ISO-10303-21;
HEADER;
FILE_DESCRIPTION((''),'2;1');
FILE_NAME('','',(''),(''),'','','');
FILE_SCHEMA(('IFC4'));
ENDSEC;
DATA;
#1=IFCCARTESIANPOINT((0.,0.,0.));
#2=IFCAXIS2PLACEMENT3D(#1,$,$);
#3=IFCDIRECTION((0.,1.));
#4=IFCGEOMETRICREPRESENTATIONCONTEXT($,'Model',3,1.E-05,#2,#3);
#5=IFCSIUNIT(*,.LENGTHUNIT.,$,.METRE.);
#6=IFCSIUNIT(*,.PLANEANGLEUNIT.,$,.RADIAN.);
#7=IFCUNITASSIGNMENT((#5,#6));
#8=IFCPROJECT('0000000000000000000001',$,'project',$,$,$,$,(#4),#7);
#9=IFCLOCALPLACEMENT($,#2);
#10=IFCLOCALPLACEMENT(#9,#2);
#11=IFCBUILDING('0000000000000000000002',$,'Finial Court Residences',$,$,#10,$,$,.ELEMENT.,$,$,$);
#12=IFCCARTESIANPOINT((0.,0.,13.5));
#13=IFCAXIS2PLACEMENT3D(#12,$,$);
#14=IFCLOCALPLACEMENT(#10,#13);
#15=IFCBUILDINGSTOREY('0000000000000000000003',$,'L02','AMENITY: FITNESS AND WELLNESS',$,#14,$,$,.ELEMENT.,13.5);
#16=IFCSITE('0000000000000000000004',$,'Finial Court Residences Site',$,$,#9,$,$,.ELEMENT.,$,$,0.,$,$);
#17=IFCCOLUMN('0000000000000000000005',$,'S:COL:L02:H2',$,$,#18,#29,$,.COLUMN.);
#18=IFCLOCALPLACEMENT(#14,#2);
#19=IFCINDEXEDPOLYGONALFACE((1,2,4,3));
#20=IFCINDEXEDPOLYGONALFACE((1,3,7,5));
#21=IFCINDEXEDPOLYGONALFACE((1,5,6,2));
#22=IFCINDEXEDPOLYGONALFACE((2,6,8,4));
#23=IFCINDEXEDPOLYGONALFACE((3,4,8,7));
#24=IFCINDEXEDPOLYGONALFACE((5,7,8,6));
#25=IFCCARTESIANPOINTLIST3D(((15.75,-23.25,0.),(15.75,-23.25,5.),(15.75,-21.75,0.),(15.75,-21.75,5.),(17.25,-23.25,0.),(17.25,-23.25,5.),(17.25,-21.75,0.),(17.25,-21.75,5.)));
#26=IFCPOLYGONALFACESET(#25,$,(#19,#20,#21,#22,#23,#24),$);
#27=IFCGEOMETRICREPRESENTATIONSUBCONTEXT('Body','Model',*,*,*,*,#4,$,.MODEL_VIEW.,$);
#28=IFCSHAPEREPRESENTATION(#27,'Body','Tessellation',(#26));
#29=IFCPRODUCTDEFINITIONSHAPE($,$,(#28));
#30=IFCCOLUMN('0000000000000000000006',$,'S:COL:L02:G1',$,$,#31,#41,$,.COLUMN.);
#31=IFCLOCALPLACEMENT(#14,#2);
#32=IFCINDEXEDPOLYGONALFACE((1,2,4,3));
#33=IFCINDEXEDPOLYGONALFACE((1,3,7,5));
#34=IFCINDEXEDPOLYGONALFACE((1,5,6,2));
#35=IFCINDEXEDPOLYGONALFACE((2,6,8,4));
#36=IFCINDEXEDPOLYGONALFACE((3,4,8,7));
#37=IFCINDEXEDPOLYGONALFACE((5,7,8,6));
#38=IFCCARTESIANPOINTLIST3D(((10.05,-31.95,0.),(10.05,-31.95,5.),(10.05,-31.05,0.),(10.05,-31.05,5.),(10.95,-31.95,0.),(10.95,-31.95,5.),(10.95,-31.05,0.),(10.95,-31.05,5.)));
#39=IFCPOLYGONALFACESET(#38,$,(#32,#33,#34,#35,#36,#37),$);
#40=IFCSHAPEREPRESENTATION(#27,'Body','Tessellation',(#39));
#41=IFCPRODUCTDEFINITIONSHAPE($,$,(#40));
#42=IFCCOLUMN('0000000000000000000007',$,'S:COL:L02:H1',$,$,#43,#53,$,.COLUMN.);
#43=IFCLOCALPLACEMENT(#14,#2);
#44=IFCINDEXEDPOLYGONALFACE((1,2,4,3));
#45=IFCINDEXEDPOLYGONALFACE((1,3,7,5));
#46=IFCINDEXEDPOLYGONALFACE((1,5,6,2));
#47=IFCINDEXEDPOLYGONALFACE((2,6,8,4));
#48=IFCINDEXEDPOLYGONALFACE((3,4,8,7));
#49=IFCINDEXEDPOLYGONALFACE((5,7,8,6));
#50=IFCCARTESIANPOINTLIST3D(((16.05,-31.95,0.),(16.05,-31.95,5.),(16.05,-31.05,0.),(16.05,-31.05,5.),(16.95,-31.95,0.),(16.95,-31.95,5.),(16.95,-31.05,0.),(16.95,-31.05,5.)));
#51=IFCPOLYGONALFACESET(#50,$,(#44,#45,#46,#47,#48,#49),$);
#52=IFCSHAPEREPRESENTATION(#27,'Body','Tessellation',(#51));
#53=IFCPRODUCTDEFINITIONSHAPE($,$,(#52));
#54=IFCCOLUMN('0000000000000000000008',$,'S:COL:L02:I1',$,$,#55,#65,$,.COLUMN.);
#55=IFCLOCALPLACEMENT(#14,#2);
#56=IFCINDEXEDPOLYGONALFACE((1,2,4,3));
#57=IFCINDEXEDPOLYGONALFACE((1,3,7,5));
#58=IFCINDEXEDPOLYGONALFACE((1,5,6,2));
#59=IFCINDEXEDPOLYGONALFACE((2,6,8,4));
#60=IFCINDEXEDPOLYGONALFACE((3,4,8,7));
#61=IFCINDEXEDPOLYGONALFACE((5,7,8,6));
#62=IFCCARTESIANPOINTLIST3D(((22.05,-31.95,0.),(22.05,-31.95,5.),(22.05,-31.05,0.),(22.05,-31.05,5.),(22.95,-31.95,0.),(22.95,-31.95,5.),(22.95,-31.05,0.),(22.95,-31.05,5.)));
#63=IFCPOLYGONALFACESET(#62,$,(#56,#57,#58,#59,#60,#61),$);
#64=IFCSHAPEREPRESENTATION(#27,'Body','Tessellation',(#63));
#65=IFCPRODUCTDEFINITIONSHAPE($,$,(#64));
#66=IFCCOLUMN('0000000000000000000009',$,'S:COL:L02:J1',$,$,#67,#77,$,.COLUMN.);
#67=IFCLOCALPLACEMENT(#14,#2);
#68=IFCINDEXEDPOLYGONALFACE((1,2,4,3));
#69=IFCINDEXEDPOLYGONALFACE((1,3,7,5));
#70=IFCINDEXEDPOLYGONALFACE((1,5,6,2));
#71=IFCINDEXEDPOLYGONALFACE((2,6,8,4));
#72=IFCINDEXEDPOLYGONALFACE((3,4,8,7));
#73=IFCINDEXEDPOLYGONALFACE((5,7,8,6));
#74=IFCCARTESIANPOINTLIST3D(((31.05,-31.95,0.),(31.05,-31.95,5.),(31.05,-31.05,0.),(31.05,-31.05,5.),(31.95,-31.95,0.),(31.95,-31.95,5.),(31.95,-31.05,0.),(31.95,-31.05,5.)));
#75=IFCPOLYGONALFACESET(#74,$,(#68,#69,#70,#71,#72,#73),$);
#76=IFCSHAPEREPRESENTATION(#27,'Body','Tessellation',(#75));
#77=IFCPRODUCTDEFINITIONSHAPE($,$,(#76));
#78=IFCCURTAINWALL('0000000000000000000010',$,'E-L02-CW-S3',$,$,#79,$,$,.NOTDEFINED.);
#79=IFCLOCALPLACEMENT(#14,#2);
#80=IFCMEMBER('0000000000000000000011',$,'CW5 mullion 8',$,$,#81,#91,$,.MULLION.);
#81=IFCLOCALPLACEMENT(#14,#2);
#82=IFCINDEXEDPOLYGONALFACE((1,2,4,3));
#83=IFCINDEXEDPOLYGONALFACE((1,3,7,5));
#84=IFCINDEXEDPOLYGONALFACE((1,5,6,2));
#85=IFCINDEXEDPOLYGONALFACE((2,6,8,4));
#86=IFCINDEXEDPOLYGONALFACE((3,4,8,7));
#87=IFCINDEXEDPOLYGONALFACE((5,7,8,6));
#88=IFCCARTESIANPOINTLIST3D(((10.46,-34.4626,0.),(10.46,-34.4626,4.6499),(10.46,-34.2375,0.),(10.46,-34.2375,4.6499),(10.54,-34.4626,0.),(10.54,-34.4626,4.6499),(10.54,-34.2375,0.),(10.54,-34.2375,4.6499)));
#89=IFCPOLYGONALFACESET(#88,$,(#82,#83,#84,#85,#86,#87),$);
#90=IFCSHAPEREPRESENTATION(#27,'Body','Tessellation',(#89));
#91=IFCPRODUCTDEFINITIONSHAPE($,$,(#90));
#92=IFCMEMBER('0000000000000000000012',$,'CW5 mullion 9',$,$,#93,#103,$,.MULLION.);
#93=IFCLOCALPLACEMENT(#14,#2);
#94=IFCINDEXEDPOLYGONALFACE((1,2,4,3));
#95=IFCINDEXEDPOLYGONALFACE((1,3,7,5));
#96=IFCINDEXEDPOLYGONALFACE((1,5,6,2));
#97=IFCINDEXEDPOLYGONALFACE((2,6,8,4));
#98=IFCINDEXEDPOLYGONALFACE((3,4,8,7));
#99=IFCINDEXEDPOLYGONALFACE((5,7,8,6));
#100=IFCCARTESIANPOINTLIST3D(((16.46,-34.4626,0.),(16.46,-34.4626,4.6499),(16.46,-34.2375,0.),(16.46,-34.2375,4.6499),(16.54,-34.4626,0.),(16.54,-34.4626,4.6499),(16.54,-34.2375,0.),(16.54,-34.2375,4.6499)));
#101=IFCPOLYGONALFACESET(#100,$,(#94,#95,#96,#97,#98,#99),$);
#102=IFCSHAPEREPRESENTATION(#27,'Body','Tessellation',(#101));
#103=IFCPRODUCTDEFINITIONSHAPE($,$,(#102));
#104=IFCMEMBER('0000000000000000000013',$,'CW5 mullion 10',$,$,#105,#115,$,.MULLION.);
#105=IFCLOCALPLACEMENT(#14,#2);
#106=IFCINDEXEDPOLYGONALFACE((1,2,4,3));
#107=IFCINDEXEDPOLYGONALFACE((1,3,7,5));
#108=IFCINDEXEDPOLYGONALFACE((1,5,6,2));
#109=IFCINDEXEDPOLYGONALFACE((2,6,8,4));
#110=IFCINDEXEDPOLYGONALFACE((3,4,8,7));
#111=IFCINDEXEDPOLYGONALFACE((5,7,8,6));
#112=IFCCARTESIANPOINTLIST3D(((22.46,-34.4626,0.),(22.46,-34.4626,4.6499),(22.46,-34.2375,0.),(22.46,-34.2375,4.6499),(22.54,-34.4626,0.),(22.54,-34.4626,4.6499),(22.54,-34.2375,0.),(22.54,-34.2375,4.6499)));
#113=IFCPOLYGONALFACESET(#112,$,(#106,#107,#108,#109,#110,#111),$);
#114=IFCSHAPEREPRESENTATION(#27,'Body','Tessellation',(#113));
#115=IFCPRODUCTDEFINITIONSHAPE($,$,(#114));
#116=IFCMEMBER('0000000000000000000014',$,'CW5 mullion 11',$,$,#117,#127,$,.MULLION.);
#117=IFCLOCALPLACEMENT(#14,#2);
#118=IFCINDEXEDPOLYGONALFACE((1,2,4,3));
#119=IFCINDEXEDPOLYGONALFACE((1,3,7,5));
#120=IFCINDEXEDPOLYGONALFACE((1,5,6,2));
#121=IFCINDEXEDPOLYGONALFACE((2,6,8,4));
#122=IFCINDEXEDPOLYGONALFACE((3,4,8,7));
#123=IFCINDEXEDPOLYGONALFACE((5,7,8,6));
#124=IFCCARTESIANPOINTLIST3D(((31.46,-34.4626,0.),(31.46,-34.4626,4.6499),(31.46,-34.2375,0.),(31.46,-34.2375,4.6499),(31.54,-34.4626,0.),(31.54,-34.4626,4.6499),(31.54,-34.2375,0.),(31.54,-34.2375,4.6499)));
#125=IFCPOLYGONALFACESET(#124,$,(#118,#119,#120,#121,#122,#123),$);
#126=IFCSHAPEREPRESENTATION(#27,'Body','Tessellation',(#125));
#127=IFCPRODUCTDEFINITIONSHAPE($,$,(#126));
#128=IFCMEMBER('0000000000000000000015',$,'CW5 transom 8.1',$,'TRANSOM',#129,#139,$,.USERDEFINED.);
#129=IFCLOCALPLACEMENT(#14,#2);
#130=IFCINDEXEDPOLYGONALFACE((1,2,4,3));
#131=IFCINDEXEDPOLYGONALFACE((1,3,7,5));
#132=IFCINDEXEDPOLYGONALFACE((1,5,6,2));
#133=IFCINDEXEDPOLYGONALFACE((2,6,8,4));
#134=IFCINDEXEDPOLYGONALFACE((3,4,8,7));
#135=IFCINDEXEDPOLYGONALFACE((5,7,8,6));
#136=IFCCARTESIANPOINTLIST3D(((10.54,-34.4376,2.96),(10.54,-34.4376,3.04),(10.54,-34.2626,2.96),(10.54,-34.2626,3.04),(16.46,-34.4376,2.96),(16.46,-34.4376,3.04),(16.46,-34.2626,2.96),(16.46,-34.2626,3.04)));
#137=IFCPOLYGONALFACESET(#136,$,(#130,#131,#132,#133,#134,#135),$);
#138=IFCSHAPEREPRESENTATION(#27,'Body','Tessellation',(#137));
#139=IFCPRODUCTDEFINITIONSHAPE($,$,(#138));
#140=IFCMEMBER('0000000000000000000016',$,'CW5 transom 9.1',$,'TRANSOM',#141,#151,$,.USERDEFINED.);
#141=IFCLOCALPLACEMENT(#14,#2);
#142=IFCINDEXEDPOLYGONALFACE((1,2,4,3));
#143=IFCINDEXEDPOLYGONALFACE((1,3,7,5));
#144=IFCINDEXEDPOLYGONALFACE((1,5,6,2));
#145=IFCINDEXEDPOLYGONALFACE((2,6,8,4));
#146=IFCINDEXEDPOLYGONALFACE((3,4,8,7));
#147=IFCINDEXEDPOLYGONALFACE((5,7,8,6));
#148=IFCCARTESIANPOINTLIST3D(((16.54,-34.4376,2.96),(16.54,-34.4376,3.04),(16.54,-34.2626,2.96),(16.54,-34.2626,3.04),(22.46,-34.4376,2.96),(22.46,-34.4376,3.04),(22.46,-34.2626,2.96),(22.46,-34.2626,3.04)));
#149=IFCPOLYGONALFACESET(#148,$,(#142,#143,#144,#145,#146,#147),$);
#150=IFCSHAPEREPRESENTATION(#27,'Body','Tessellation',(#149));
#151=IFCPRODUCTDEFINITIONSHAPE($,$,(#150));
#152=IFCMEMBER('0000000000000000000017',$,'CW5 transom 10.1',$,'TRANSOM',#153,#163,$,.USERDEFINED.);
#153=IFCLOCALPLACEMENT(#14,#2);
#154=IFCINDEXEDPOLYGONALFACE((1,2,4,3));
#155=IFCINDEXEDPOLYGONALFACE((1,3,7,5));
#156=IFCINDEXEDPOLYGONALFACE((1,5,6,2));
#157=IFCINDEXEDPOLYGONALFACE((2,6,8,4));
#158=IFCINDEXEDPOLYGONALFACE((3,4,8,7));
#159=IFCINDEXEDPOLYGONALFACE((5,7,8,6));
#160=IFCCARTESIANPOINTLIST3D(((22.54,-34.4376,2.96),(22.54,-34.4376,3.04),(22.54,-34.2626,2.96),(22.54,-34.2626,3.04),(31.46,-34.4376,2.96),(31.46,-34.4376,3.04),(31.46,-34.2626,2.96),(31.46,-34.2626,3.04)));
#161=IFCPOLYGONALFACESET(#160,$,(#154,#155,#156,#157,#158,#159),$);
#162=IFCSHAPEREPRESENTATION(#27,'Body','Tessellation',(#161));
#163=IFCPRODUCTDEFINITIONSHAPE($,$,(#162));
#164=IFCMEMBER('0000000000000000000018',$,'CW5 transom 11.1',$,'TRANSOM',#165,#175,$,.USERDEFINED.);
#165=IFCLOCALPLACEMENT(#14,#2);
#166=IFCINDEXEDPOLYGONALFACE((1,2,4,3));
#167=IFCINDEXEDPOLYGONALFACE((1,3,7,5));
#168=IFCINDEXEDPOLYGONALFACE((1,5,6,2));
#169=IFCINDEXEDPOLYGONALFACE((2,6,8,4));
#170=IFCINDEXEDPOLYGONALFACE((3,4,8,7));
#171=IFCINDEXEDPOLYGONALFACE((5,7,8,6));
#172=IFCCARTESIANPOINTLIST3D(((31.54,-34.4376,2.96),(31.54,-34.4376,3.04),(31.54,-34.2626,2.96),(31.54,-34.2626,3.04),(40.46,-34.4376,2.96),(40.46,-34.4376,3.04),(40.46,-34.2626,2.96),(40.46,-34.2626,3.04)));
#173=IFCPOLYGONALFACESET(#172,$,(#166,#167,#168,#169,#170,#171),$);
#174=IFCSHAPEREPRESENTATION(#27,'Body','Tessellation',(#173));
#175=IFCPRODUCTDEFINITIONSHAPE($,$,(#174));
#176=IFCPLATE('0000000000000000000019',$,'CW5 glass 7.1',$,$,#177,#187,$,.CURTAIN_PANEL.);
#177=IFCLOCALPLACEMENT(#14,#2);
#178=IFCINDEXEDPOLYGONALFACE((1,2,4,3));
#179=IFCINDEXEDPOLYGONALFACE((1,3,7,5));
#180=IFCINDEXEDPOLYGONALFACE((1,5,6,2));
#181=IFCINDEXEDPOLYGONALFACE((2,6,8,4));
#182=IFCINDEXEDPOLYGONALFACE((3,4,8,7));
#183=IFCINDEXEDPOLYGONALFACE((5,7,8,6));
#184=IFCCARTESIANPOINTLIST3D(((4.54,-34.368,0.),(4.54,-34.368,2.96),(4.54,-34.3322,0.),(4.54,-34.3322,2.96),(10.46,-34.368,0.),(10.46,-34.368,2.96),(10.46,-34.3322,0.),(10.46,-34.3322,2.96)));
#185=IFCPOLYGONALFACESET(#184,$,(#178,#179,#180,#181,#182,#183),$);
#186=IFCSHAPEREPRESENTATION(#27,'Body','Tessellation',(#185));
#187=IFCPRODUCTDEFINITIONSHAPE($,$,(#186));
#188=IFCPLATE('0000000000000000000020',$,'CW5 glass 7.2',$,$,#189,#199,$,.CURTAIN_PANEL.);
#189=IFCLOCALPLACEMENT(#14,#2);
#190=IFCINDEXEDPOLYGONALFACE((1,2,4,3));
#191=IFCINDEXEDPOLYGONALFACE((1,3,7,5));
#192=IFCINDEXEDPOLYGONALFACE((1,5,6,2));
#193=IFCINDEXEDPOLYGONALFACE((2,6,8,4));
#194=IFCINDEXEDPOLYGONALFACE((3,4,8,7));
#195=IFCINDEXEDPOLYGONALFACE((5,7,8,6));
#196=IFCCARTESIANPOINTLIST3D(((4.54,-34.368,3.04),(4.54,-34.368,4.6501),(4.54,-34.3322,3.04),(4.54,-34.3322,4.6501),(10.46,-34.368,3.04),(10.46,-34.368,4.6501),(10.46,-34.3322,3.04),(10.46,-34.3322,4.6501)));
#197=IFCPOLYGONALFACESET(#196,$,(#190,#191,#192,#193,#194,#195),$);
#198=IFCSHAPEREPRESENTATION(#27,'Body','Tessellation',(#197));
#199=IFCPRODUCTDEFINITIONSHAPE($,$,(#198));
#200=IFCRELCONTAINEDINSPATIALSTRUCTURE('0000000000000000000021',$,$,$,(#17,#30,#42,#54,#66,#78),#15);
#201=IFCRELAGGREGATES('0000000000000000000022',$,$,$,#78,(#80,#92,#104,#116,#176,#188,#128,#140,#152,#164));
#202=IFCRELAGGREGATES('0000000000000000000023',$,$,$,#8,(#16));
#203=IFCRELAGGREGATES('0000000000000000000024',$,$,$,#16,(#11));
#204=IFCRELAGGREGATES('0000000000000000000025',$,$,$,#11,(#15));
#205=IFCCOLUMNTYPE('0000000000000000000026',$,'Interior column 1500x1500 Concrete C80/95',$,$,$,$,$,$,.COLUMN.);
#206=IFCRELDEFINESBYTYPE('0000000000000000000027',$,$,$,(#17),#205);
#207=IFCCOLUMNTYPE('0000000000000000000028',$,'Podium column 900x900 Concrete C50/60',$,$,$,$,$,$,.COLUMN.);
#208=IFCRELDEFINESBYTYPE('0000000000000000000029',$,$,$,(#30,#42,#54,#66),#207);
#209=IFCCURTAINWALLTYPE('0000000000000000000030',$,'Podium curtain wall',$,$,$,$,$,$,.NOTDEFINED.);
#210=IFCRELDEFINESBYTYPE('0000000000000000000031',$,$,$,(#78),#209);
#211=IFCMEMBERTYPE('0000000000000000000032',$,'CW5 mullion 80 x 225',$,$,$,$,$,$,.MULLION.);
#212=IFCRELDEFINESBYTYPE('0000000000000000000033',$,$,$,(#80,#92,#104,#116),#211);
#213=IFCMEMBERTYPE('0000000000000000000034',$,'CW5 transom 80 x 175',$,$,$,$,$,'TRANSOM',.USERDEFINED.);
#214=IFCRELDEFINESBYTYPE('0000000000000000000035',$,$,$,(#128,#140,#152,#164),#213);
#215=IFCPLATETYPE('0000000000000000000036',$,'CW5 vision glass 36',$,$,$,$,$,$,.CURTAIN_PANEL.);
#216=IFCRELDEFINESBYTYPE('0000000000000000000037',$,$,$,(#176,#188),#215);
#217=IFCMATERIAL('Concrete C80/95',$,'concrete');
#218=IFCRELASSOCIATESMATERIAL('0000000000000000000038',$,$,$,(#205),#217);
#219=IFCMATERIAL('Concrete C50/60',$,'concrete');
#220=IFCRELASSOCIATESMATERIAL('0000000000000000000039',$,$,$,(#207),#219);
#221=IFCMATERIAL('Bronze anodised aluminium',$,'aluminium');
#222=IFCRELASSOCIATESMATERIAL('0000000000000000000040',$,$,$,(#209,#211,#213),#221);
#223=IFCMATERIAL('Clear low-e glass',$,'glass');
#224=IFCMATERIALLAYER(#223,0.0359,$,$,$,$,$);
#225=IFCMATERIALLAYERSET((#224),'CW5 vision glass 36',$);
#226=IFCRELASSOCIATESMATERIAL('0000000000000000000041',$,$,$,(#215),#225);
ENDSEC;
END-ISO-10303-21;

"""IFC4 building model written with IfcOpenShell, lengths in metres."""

from ifc_helpers import new_model, si_unit, direction, frame, origin, origin_2d, place, context, subcontext, project, spatial, rectangle, extrude, material, layer, layer_set, material_profile, profile_set, type_object, element, aggregate, save


model = new_model("IFC4")

# Units and contexts
model_context = context("Model", 3, precision=1e-05, world=origin(), true_north=direction((0.0, 1.0)))
body_context = subcontext(model_context, "Body", "Model", "MODEL_VIEW")
ifc_project = project(units=[si_unit("LENGTHUNIT", "METRE"), si_unit("PLANEANGLEUNIT", "RADIAN")], contexts=[model_context])

# Site, building, storey
site_placement = place(None, origin())
site = spatial("IfcSite", under=ifc_project, at=site_placement, Name="Finial Court Residences Site", CompositionType="ELEMENT", RefElevation=0.0)
building_placement = place(site_placement, origin())
building = spatial("IfcBuilding", under=site, at=building_placement, Name="Finial Court Residences", CompositionType="ELEMENT")
storey_placement = place(building_placement, frame((0.0, 0.0, 13.5)))
storey = spatial("IfcBuildingStorey", under=building, at=storey_placement, Name="L02", Description="AMENITY: FITNESS AND WELLNESS", CompositionType="ELEMENT", Elevation=13.5)

# Columns
ifc_material_1 = material(Name="Concrete C80/95", Category="concrete")
ifc_material_profile_1 = material_profile(ifc_material_1, rectangle(XDim=1.5, YDim=1.5, at=origin_2d()), Name="1500x1500")
ifc_profile_set_1 = profile_set([ifc_material_profile_1], Name="Concrete C80/95")
column_type_1 = type_object("IfcColumnType", Name="Interior column 1500x1500 Concrete C80/95", PredefinedType="COLUMN", material=ifc_profile_set_1)
column_placement = place(storey_placement, frame((16.5, -22.5, 0.0), z_axis=(0.0, 0.0, 1.0), x_axis=(1.0, 0.0, 0.0)))
element("IfcColumn", 1, at=column_placement, inside=storey, type_object=column_type_1, Name="S:COL:L02:H2", PredefinedType="COLUMN", context=body_context, shape_type="SweptSolid", body=[
    extrude(rectangle(XDim=1.5, YDim=1.5, at=origin_2d()), origin(), (0.0, 0.0, 1.0), 5.0),
])
ifc_material_2 = material(Name="Concrete C50/60", Category="concrete")
ifc_material_profile_2 = material_profile(ifc_material_2, rectangle(XDim=0.8999, YDim=0.8999, at=origin_2d()), Name="900x900")
ifc_profile_set_2 = profile_set([ifc_material_profile_2], Name="Concrete C50/60")
column_type_2 = type_object("IfcColumnType", Name="Podium column 900x900 Concrete C50/60", PredefinedType="COLUMN", material=ifc_profile_set_2)
for number, where, z_axis, x_axis, name in (
    (2, (10.5, -31.5, 0.0), (0.0, 0.0, 1.0), (1.0, 0.0, 0.0), "S:COL:L02:G1"),
    (3, (16.5, -31.5, 0.0), (0.0, 0.0, 1.0), (1.0, 0.0, 0.0), "S:COL:L02:H1"),
    (4, (22.5, -31.5, 0.0), (0.0, 0.0, 1.0), (1.0, 0.0, 0.0), "S:COL:L02:I1"),
    (5, (31.5, -31.5, 0.0), (0.0, 0.0, 1.0), (1.0, 0.0, 0.0), "S:COL:L02:J1"),
):
    element("IfcColumn", number, at=place(storey_placement, frame(where, z_axis=z_axis, x_axis=x_axis)), inside=storey, type_object=column_type_2, Name=name, PredefinedType="COLUMN", context=body_context, shape_type="SweptSolid", body=[
        extrude(rectangle(XDim=0.8999, YDim=0.8999, at=origin_2d()), origin(), (0.0, 0.0, 1.0), 5.0),
    ])

# Curtain wall, members, plates
ifc_material_3 = material(Name="Bronze anodised aluminium", Category="aluminium")
curtain_wall_type = type_object("IfcCurtainWallType", Name="Podium curtain wall", PredefinedType="NOTDEFINED", material=ifc_material_3)
curtain_wall_placement = place(storey_placement, origin())
curtain_wall = element("IfcCurtainWall", 6, at=curtain_wall_placement, inside=storey, type_object=curtain_wall_type, Name="E-L02-CW-S3", PredefinedType="NOTDEFINED")
ifc_material_profile_3 = material_profile(ifc_material_3, rectangle(XDim=0.2251, YDim=0.0801, at=origin_2d()), Name="CW5 mullion 80 x 225")
ifc_profile_set_3 = profile_set([ifc_material_profile_3], Name="Bronze anodised aluminium")
member_type_1 = type_object("IfcMemberType", Name="CW5 mullion 80 x 225", PredefinedType="MULLION", material=ifc_profile_set_3)
member_1_placement = place(storey_placement, frame((10.5, -34.3501, 0.0), z_axis=(0.0, 0.0, 1.0), x_axis=(0.0, 1.0, 0.0)))
member_1 = element("IfcMember", 7, at=member_1_placement, type_object=member_type_1, Name="CW5 mullion 8", PredefinedType="MULLION", context=body_context, shape_type="SweptSolid", body=[
    extrude(rectangle(XDim=0.2251, YDim=0.0801, at=origin_2d()), origin(), (0.0, 0.0, 1.0), 4.6499),
])
member_2_placement = place(storey_placement, frame((16.5, -34.3501, 0.0), z_axis=(0.0, 0.0, 1.0), x_axis=(0.0, 1.0, 0.0)))
member_2 = element("IfcMember", 8, at=member_2_placement, type_object=member_type_1, Name="CW5 mullion 9", PredefinedType="MULLION", context=body_context, shape_type="SweptSolid", body=[
    extrude(rectangle(XDim=0.2251, YDim=0.0801, at=origin_2d()), origin(), (0.0, 0.0, 1.0), 4.6499),
])
member_3_placement = place(storey_placement, frame((22.5, -34.3501, 0.0), z_axis=(0.0, 0.0, 1.0), x_axis=(0.0, 1.0, 0.0)))
member_3 = element("IfcMember", 9, at=member_3_placement, type_object=member_type_1, Name="CW5 mullion 10", PredefinedType="MULLION", context=body_context, shape_type="SweptSolid", body=[
    extrude(rectangle(XDim=0.2251, YDim=0.0801, at=origin_2d()), origin(), (0.0, 0.0, 1.0), 4.6499),
])
member_4_placement = place(storey_placement, frame((31.5, -34.3501, 0.0), z_axis=(0.0, 0.0, 1.0), x_axis=(0.0, 1.0, 0.0)))
member_4 = element("IfcMember", 10, at=member_4_placement, type_object=member_type_1, Name="CW5 mullion 11", PredefinedType="MULLION", context=body_context, shape_type="SweptSolid", body=[
    extrude(rectangle(XDim=0.2251, YDim=0.0801, at=origin_2d()), origin(), (0.0, 0.0, 1.0), 4.6499),
])
ifc_material_profile_4 = material_profile(ifc_material_3, rectangle(XDim=0.175, YDim=0.0801, at=origin_2d()), Name="CW5 transom 80 x 175")
ifc_profile_set_4 = profile_set([ifc_material_profile_4], Name="Bronze anodised aluminium")
member_type_2 = type_object("IfcMemberType", Name="CW5 transom 80 x 175", ElementType="TRANSOM", PredefinedType="USERDEFINED", material=ifc_profile_set_4)
member_5_placement = place(storey_placement, frame((10.54, -34.3501, 3.0), z_axis=(1.0, 0.0, 0.0), x_axis=(0.0, 1.0, 0.0)))
member_5 = element("IfcMember", 11, at=member_5_placement, type_object=member_type_2, Name="CW5 transom 8.1", ObjectType="TRANSOM", PredefinedType="USERDEFINED", context=body_context, shape_type="SweptSolid", body=[
    extrude(rectangle(XDim=0.175, YDim=0.0801, at=origin_2d()), origin(), (0.0, 0.0, 1.0), 5.9199),
])
member_6_placement = place(storey_placement, frame((16.54, -34.3501, 3.0), z_axis=(1.0, 0.0, 0.0), x_axis=(0.0, 1.0, 0.0)))
member_6 = element("IfcMember", 12, at=member_6_placement, type_object=member_type_2, Name="CW5 transom 9.1", ObjectType="TRANSOM", PredefinedType="USERDEFINED", context=body_context, shape_type="SweptSolid", body=[
    extrude(rectangle(XDim=0.175, YDim=0.0801, at=origin_2d()), origin(), (0.0, 0.0, 1.0), 5.9199),
])
member_7_placement = place(storey_placement, frame((22.54, -34.3501, 3.0), z_axis=(1.0, 0.0, 0.0), x_axis=(0.0, 1.0, 0.0)))
member_7 = element("IfcMember", 13, at=member_7_placement, type_object=member_type_2, Name="CW5 transom 10.1", ObjectType="TRANSOM", PredefinedType="USERDEFINED", context=body_context, shape_type="SweptSolid", body=[
    extrude(rectangle(XDim=0.175, YDim=0.0801, at=origin_2d()), origin(), (0.0, 0.0, 1.0), 8.9199),
])
member_8_placement = place(storey_placement, frame((31.54, -34.3501, 3.0), z_axis=(1.0, 0.0, 0.0), x_axis=(0.0, 1.0, 0.0)))
member_8 = element("IfcMember", 14, at=member_8_placement, type_object=member_type_2, Name="CW5 transom 11.1", ObjectType="TRANSOM", PredefinedType="USERDEFINED", context=body_context, shape_type="SweptSolid", body=[
    extrude(rectangle(XDim=0.175, YDim=0.0801, at=origin_2d()), origin(), (0.0, 0.0, 1.0), 8.9199),
])
ifc_material_4 = material(Name="Clear low-e glass", Category="glass")
ifc_layer_1 = layer(ifc_material_4, 0.0359)
ifc_layer_set_1 = layer_set([ifc_layer_1], Name="CW5 vision glass 36")
plate_type = type_object("IfcPlateType", Name="CW5 vision glass 36", PredefinedType="CURTAIN_PANEL", material=ifc_layer_set_1)
plate_1_placement = place(storey_placement, frame((7.5, -34.3501, 0.0), z_axis=(0.0, 0.0, 1.0), x_axis=(1.0, 0.0, 0.0)))
plate_1 = element("IfcPlate", 15, at=plate_1_placement, type_object=plate_type, Name="CW5 glass 7.1", PredefinedType="CURTAIN_PANEL", context=body_context, shape_type="SweptSolid", body=[
    extrude(rectangle(XDim=5.9199, YDim=0.0359, at=origin_2d()), origin(), (0.0, 0.0, 1.0), 2.96),
])
plate_2_placement = place(storey_placement, frame((7.5, -34.3501, 3.04), z_axis=(0.0, 0.0, 1.0), x_axis=(1.0, 0.0, 0.0)))
plate_2 = element("IfcPlate", 16, at=plate_2_placement, type_object=plate_type, Name="CW5 glass 7.2", PredefinedType="CURTAIN_PANEL", context=body_context, shape_type="SweptSolid", body=[
    extrude(rectangle(XDim=5.9199, YDim=0.0359, at=origin_2d()), origin(), (0.0, 0.0, 1.0), 1.6101),
])
aggregate(curtain_wall, [member_1, member_2, member_3, member_4, plate_1, plate_2, member_5, member_6, member_7, member_8])

save(model, "model.ifc")
